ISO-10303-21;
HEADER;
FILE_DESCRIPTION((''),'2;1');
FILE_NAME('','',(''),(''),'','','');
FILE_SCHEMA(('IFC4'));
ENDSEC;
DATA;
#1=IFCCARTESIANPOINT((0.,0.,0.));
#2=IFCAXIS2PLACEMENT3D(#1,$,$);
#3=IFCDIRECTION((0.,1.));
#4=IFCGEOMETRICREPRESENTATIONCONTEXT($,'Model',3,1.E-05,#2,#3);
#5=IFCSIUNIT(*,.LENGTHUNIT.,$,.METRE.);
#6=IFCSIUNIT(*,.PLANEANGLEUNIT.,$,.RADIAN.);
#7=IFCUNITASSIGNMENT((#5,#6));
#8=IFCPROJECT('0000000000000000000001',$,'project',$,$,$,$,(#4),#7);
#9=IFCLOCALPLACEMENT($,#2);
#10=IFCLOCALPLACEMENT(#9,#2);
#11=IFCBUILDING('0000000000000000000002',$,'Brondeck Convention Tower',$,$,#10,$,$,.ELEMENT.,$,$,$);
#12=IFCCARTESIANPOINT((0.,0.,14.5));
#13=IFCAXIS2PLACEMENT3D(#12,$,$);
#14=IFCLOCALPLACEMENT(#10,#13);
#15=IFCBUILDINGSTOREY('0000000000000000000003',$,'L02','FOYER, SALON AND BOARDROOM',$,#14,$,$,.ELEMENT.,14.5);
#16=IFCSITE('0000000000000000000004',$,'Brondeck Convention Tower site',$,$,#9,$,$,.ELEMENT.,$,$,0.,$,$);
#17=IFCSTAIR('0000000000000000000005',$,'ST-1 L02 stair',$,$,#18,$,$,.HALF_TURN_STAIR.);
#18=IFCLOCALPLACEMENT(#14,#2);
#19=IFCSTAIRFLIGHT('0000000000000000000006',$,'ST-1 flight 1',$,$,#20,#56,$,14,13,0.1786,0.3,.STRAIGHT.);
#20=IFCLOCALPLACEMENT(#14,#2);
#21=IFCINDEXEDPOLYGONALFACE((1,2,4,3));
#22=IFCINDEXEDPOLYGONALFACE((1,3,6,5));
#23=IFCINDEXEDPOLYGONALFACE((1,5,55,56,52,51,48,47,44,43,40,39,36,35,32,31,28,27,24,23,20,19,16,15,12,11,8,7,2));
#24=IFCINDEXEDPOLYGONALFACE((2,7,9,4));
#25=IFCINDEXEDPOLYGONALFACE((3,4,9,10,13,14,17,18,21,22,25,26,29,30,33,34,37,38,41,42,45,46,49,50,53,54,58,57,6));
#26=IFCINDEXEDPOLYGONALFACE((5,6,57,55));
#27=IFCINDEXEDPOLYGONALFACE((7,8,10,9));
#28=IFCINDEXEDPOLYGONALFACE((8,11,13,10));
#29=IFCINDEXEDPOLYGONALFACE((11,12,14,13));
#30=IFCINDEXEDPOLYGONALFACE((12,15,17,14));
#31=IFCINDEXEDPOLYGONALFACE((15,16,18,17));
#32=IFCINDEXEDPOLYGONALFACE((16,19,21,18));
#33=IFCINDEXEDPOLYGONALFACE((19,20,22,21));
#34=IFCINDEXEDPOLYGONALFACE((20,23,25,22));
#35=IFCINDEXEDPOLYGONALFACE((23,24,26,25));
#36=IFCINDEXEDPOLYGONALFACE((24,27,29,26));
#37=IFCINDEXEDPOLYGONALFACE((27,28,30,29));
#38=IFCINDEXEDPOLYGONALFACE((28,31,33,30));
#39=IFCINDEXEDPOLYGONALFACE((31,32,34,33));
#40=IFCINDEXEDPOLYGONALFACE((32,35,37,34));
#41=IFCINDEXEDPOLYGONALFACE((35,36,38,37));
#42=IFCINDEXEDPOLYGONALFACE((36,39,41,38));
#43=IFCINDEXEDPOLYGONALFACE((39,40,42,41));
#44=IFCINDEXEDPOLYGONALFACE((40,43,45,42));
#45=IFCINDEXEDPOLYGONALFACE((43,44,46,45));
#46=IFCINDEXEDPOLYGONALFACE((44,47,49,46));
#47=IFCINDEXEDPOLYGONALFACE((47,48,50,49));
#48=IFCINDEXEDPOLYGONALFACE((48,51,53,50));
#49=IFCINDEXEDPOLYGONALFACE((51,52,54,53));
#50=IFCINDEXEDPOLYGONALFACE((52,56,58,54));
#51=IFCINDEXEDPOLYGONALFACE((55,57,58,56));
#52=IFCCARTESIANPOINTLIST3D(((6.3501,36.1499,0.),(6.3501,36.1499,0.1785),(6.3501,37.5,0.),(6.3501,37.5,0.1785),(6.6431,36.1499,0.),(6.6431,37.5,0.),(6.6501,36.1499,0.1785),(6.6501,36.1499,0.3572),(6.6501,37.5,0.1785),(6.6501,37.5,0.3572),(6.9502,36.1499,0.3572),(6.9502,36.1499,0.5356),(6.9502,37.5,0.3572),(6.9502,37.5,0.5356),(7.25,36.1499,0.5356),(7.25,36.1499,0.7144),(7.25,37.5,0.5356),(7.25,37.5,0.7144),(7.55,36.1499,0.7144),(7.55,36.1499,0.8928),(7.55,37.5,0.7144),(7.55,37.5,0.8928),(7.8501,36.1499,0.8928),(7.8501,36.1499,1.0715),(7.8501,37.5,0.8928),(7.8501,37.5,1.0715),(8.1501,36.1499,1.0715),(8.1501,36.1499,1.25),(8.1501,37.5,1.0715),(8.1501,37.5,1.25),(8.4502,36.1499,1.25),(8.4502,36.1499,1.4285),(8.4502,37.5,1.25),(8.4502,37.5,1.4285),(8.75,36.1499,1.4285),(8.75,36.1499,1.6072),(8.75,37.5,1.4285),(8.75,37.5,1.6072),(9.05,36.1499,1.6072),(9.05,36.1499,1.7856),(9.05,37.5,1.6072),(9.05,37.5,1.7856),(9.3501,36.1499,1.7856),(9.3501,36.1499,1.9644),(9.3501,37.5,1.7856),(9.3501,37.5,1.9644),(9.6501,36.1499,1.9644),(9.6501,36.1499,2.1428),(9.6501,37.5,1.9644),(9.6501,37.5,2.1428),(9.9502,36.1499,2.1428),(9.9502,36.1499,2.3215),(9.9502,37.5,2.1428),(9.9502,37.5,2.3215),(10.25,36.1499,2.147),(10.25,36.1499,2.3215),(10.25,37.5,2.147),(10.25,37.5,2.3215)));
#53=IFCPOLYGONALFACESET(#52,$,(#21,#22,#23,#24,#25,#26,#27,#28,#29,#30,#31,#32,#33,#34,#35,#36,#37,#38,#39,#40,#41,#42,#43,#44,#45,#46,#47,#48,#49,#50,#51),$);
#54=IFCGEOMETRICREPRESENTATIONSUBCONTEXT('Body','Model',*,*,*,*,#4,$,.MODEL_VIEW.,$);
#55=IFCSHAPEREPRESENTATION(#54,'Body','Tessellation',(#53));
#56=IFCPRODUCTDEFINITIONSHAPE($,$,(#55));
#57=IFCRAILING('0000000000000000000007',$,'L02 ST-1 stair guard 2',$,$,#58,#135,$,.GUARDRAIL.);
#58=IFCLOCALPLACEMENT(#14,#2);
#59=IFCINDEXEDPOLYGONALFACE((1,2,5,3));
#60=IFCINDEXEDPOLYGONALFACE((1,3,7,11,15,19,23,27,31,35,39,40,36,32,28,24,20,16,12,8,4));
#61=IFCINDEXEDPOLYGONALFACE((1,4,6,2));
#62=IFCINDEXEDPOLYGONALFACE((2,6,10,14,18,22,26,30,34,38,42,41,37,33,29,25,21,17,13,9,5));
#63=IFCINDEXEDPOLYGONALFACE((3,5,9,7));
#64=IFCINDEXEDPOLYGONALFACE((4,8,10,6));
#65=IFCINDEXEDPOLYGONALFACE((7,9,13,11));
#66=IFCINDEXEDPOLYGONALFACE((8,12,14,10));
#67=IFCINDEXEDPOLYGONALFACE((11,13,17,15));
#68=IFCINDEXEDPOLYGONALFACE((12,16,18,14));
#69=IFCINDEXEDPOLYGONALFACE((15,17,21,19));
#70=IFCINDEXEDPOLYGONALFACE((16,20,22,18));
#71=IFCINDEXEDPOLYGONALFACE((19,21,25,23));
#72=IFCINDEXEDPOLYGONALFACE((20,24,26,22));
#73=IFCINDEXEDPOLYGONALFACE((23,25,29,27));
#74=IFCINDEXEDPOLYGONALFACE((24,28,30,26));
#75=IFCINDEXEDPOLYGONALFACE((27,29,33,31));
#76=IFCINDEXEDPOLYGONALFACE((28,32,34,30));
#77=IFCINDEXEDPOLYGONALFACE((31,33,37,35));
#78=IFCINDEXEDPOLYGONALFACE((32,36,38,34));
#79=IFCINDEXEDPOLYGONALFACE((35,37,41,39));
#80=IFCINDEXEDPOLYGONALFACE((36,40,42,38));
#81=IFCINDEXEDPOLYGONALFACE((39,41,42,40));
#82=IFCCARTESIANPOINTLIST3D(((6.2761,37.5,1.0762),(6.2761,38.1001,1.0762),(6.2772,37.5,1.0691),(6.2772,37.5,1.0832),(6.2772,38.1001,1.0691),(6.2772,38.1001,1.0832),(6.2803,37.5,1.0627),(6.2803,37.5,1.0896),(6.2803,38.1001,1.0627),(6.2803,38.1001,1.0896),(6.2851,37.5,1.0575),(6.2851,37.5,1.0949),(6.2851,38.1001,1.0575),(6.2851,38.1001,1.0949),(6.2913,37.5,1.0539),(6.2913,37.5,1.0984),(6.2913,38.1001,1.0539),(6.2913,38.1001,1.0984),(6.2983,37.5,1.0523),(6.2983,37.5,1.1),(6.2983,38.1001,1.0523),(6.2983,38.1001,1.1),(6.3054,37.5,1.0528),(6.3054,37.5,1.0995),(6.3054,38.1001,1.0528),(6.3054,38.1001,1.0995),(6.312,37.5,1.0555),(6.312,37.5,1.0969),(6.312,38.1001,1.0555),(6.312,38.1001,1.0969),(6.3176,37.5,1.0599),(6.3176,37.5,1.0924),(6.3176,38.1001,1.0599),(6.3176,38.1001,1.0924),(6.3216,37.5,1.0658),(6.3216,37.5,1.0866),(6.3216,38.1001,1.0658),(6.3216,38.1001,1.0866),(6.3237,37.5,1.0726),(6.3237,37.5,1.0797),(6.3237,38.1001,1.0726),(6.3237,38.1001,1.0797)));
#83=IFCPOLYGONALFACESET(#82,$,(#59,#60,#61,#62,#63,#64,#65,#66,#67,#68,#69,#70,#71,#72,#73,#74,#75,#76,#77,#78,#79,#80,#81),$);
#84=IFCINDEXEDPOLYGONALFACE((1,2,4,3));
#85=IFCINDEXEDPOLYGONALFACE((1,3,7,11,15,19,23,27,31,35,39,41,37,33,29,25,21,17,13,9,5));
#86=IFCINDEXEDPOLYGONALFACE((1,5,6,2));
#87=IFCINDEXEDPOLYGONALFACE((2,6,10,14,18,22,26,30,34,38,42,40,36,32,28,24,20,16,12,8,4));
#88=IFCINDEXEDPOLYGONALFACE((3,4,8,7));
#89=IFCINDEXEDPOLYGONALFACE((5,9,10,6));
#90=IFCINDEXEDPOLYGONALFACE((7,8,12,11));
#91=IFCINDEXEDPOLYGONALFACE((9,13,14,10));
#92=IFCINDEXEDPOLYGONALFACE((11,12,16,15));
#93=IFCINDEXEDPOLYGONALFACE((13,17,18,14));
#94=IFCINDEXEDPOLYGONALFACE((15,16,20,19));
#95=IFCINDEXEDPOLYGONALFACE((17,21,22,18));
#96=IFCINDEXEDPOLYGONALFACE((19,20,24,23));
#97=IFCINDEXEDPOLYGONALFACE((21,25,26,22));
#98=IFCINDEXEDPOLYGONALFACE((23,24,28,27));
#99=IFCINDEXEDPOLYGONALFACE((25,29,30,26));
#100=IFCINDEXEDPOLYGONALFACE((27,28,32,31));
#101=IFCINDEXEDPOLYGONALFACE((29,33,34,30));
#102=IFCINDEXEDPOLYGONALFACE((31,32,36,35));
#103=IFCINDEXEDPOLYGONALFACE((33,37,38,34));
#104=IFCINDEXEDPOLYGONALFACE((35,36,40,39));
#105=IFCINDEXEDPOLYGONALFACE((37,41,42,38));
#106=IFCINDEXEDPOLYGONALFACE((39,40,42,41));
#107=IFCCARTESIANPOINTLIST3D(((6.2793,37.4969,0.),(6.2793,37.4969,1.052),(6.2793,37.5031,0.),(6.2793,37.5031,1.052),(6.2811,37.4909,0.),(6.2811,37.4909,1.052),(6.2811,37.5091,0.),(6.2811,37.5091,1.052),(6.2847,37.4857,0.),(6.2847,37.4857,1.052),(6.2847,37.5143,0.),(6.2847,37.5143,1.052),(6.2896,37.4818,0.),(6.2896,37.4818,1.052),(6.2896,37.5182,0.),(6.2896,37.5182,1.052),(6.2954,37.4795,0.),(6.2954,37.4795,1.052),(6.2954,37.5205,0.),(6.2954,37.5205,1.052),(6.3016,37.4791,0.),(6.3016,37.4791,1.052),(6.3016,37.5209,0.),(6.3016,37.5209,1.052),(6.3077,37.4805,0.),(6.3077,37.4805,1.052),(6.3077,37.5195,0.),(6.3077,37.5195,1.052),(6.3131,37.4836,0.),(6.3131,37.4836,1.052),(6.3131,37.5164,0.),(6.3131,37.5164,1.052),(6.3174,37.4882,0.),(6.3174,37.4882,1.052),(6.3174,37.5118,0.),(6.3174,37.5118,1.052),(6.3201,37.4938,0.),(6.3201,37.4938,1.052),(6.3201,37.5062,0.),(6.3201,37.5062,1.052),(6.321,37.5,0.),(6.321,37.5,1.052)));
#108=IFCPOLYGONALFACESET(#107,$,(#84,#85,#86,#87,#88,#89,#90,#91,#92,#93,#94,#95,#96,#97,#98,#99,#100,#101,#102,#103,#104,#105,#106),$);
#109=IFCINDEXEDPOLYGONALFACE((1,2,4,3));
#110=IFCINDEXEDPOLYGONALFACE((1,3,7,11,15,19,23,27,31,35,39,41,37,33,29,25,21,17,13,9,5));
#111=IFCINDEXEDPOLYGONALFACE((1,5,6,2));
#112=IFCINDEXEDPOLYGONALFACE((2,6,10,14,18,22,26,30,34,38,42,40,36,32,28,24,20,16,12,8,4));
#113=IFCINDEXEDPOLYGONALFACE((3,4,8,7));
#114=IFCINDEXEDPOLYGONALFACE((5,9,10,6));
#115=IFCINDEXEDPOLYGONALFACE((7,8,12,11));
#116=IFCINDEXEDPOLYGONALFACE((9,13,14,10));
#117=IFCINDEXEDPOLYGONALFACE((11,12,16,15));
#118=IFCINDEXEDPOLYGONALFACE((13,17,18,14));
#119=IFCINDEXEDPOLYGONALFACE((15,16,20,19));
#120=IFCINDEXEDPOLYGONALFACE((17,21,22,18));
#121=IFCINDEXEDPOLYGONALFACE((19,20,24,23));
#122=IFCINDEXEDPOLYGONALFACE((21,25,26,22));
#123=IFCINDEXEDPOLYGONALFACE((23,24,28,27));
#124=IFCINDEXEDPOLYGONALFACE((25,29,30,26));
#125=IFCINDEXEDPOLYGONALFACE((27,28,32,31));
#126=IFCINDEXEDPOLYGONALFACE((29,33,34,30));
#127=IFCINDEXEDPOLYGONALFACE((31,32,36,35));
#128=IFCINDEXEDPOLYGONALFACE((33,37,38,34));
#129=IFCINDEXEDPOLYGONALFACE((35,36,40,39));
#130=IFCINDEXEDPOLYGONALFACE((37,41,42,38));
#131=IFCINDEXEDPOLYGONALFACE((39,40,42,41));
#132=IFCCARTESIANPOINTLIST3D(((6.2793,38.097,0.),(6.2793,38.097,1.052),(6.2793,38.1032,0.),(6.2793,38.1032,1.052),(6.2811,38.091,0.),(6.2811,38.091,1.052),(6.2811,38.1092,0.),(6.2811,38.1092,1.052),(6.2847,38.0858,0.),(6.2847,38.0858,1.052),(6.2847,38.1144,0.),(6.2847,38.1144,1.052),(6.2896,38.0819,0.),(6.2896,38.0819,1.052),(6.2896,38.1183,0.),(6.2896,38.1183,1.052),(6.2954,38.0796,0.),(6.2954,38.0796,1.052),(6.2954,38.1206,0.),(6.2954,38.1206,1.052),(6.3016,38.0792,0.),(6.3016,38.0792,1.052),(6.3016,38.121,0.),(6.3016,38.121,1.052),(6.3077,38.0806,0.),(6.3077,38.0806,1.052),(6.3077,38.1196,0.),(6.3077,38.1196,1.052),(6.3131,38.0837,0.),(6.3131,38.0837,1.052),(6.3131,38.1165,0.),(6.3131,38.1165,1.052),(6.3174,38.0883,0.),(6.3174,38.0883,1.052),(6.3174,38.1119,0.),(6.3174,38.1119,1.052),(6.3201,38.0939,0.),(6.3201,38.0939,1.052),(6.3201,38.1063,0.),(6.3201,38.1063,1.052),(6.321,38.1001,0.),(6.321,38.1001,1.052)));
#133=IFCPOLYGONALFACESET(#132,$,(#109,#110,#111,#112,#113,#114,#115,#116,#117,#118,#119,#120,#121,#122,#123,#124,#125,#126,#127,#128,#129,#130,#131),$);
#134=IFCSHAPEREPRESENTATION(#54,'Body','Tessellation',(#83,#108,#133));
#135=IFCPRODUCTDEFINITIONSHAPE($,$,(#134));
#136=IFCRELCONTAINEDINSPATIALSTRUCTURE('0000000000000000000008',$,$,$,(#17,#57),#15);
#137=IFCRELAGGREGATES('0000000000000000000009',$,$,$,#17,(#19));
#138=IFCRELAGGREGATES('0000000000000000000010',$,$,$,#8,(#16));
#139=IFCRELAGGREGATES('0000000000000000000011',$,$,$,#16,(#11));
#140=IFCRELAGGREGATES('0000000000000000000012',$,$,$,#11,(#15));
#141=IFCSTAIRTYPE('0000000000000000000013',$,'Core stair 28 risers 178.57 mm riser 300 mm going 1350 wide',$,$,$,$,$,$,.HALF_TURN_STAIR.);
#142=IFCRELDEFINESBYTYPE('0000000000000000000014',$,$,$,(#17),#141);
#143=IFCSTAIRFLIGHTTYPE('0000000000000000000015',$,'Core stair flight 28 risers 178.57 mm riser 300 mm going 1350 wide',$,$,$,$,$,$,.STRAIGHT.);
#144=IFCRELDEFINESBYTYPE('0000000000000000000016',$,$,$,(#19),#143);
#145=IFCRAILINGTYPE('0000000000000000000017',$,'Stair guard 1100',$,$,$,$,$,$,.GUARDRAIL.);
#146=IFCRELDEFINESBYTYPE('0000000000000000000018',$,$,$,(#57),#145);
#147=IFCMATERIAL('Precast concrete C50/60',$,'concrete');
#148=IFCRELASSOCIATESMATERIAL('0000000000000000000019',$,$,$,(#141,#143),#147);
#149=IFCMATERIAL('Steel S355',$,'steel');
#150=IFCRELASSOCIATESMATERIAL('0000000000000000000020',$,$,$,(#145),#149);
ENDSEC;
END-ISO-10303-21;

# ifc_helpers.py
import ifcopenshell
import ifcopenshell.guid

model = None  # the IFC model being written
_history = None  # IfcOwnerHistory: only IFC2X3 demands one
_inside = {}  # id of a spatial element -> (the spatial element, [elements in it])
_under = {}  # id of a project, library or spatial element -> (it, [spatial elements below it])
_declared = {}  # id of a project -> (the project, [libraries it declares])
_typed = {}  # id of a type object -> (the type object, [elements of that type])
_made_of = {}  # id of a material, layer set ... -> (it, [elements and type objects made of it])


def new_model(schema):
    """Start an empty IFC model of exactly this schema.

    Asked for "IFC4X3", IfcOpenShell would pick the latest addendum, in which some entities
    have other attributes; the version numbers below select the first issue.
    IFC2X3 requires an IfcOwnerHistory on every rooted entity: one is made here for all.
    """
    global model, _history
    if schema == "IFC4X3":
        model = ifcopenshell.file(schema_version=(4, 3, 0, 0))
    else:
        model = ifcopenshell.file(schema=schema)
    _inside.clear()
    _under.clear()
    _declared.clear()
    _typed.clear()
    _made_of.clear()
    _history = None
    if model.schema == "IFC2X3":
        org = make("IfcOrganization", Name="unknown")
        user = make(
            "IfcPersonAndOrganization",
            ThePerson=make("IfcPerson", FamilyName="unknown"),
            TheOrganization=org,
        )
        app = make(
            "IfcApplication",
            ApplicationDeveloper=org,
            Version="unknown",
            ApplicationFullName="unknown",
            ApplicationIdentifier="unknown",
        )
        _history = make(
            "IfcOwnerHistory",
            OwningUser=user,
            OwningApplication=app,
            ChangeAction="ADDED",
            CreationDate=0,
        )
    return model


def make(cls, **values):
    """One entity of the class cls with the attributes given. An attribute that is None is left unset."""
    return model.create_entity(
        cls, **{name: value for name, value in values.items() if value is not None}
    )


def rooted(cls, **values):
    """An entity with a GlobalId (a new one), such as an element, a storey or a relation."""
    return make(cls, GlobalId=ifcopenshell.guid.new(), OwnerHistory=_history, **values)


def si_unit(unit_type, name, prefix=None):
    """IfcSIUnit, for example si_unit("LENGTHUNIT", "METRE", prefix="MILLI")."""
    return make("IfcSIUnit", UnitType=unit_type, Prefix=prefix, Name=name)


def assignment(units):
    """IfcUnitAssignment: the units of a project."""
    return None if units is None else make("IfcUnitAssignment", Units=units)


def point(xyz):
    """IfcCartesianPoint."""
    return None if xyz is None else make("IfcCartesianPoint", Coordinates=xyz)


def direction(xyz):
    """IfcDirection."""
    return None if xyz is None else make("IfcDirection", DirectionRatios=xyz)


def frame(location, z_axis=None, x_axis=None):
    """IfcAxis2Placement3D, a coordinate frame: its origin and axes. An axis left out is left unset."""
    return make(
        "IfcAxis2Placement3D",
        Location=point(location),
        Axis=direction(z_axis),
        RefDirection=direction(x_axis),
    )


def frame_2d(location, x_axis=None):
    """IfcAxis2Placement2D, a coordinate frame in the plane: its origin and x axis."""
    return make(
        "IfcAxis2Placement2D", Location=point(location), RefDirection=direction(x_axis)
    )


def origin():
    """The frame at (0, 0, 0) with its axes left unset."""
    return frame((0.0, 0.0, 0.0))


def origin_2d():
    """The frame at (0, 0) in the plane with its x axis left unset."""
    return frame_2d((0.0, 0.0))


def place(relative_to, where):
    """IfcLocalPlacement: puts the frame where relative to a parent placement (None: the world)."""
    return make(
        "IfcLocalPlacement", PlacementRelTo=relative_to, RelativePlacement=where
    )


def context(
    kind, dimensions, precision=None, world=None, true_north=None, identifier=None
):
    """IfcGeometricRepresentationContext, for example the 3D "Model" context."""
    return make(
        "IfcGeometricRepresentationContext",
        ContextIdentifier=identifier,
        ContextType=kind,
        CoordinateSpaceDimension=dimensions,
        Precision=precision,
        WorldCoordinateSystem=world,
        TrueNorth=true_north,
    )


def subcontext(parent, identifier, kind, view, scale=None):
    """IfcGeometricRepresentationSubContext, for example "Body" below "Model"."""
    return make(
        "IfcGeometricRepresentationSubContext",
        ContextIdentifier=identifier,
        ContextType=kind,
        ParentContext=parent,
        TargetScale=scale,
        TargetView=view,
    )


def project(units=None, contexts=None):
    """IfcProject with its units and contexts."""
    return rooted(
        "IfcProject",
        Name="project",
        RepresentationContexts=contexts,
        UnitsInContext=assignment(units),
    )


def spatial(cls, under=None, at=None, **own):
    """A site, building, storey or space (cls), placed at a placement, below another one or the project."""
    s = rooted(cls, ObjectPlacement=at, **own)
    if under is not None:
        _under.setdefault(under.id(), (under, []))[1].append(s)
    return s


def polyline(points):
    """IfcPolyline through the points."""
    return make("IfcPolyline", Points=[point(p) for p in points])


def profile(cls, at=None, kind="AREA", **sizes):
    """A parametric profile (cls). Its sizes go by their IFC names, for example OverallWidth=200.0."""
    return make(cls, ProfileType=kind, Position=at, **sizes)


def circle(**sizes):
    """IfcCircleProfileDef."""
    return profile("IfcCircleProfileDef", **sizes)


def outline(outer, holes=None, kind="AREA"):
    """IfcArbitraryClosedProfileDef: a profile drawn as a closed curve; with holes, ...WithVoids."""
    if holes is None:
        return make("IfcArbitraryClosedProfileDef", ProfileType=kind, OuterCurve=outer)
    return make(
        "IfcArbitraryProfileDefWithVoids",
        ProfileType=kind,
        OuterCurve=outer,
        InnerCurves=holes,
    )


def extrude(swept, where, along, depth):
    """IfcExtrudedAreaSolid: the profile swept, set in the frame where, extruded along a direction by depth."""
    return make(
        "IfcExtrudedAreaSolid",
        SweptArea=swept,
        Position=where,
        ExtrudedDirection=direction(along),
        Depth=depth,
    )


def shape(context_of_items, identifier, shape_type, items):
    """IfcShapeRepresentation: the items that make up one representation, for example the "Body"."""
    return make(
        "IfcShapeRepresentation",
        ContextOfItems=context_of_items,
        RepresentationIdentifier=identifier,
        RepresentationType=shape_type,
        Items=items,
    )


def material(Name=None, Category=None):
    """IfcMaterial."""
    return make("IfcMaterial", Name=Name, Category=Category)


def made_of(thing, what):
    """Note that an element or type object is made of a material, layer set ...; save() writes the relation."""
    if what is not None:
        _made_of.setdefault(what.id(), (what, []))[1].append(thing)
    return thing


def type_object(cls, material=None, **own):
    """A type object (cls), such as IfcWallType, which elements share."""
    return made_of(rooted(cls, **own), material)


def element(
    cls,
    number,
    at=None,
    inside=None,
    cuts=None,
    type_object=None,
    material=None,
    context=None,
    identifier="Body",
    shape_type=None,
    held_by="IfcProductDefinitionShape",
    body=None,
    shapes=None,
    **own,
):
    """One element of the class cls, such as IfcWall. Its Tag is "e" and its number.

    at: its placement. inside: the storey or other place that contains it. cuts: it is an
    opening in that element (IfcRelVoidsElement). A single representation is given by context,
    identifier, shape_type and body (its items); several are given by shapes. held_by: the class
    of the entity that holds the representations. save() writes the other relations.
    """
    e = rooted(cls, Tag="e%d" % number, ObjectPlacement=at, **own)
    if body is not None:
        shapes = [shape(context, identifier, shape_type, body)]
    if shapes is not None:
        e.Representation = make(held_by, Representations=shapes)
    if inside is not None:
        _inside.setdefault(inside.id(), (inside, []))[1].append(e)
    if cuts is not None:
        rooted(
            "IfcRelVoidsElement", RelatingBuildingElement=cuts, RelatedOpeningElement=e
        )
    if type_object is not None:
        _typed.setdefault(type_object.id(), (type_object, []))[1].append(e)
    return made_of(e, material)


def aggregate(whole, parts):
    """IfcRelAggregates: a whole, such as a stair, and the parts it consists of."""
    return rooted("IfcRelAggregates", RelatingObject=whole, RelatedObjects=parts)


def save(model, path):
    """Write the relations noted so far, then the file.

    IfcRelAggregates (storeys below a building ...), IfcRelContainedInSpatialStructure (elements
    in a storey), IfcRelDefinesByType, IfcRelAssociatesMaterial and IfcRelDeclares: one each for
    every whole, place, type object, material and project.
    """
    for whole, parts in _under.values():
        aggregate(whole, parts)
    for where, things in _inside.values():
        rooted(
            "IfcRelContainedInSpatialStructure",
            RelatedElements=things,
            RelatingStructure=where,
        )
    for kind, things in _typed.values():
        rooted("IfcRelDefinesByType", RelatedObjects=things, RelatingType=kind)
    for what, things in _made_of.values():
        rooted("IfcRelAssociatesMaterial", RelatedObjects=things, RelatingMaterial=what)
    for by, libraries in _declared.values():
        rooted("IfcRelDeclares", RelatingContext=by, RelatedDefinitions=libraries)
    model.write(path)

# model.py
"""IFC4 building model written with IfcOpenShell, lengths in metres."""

from ifc_helpers import new_model, si_unit, direction, frame, origin, origin_2d, place, context, subcontext, project, spatial, polyline, circle, outline, extrude, material, type_object, element, aggregate, save


model = new_model("IFC4")

# Units and contexts
model_context = context("Model", 3, precision=1e-05, world=origin(), true_north=direction((0.0, 1.0)))
body_context = subcontext(model_context, "Body", "Model", "MODEL_VIEW")
ifc_project = project(units=[si_unit("LENGTHUNIT", "METRE"), si_unit("PLANEANGLEUNIT", "RADIAN")], contexts=[model_context])

# Site, building, storey
site_placement = place(None, origin())
site = spatial("IfcSite", under=ifc_project, at=site_placement, Name="Brondeck Convention Tower site", CompositionType="ELEMENT", RefElevation=0.0)
building_placement = place(site_placement, origin())
building = spatial("IfcBuilding", under=site, at=building_placement, Name="Brondeck Convention Tower", CompositionType="ELEMENT")
storey_placement = place(building_placement, frame((0.0, 0.0, 14.5)))
storey = spatial("IfcBuildingStorey", under=building, at=storey_placement, Name="L02", Description="FOYER, SALON AND BOARDROOM", CompositionType="ELEMENT", Elevation=14.5)

# Stair, stair flight
ifc_material_1 = material(Name="Precast concrete C50/60", Category="concrete")
stair_type = type_object("IfcStairType", Name="Core stair 28 risers 178.57 mm riser 300 mm going 1350 wide", PredefinedType="HALF_TURN_STAIR", material=ifc_material_1)
stair_placement = place(storey_placement, origin())
stair = element("IfcStair", 1, at=stair_placement, inside=storey, type_object=stair_type, Name="ST-1 L02 stair", PredefinedType="HALF_TURN_STAIR")
stair_flight_type = type_object("IfcStairFlightType", Name="Core stair flight 28 risers 178.57 mm riser 300 mm going 1350 wide", PredefinedType="STRAIGHT", material=ifc_material_1)
stair_flight_placement = place(storey_placement, frame((6.3501, 36.825, 0.0), z_axis=(0.0, 0.0, 1.0), x_axis=(1.0, 0.0, 0.0)))
stair_flight = element("IfcStairFlight", 2, at=stair_flight_placement, type_object=stair_flight_type, Name="ST-1 flight 1", NumberOfRisers=14, NumberOfTreads=13, PredefinedType="STRAIGHT", RiserHeight=0.1786, TreadLength=0.3, context=body_context, shape_type="SweptSolid", body=[
    extrude(outline(polyline([(0.0, 0.0), (0.0, 0.1785), (0.3, 0.1785), (0.3, 0.3572), (0.6001, 0.3572), (0.6001, 0.5356), (0.8999, 0.5356), (0.8999, 0.7144), (1.2, 0.7144), (1.2, 0.8928), (1.5, 0.8928), (1.5, 1.0715), (1.8, 1.0715), (1.8, 1.25), (2.1001, 1.25), (2.1001, 1.4285), (2.3999, 1.4285), (2.3999, 1.6072), (2.7, 1.6072), (2.7, 1.7856), (3.0, 1.7856), (3.0, 1.9644), (3.3, 1.9644), (3.3, 2.1428), (3.6001, 2.1428), (3.6001, 2.3215), (3.8999, 2.3215), (3.8999, 2.5), (3.8999, 2.147), (0.293, 0.0), (0.0, 0.0)])), frame((0.0, 0.675, 0.0), z_axis=(0.0, -1.0, 0.0), x_axis=(1.0, 0.0, 0.0)), (0.0, 0.0, 1.0), 1.3501),
])
aggregate(stair, [stair_flight])

# Railing
ifc_material_2 = material(Name="Steel S355", Category="steel")
railing_type_1 = type_object("IfcRailingType", Name="Stair guard 1100", PredefinedType="GUARDRAIL", material=ifc_material_2)
railing_1_placement = place(storey_placement, frame((6.3, 37.5, 0.0)))
element("IfcRailing", 3, at=railing_1_placement, inside=storey, type_object=railing_type_1, Name="L02 ST-1 stair guard 2", PredefinedType="GUARDRAIL", context=body_context, shape_type="SweptSolid", body=[
    extrude(circle(Radius=0.0239, at=origin_2d()), frame((0.0, 0.0, 1.0762), z_axis=(0.0, 1.0, 0.0), x_axis=(-1.0, 0.0, 0.0)), (0.0, 0.0, 1.0), 0.6001),
    extrude(circle(Radius=0.021, at=origin_2d()), origin(), (0.0, 0.0, 1.0), 1.052),
    extrude(circle(Radius=0.021, at=origin_2d()), frame((0.0, 0.6001, 0.0)), (0.0, 0.0, 1.0), 1.052),
])

save(model, "model.ifc")
